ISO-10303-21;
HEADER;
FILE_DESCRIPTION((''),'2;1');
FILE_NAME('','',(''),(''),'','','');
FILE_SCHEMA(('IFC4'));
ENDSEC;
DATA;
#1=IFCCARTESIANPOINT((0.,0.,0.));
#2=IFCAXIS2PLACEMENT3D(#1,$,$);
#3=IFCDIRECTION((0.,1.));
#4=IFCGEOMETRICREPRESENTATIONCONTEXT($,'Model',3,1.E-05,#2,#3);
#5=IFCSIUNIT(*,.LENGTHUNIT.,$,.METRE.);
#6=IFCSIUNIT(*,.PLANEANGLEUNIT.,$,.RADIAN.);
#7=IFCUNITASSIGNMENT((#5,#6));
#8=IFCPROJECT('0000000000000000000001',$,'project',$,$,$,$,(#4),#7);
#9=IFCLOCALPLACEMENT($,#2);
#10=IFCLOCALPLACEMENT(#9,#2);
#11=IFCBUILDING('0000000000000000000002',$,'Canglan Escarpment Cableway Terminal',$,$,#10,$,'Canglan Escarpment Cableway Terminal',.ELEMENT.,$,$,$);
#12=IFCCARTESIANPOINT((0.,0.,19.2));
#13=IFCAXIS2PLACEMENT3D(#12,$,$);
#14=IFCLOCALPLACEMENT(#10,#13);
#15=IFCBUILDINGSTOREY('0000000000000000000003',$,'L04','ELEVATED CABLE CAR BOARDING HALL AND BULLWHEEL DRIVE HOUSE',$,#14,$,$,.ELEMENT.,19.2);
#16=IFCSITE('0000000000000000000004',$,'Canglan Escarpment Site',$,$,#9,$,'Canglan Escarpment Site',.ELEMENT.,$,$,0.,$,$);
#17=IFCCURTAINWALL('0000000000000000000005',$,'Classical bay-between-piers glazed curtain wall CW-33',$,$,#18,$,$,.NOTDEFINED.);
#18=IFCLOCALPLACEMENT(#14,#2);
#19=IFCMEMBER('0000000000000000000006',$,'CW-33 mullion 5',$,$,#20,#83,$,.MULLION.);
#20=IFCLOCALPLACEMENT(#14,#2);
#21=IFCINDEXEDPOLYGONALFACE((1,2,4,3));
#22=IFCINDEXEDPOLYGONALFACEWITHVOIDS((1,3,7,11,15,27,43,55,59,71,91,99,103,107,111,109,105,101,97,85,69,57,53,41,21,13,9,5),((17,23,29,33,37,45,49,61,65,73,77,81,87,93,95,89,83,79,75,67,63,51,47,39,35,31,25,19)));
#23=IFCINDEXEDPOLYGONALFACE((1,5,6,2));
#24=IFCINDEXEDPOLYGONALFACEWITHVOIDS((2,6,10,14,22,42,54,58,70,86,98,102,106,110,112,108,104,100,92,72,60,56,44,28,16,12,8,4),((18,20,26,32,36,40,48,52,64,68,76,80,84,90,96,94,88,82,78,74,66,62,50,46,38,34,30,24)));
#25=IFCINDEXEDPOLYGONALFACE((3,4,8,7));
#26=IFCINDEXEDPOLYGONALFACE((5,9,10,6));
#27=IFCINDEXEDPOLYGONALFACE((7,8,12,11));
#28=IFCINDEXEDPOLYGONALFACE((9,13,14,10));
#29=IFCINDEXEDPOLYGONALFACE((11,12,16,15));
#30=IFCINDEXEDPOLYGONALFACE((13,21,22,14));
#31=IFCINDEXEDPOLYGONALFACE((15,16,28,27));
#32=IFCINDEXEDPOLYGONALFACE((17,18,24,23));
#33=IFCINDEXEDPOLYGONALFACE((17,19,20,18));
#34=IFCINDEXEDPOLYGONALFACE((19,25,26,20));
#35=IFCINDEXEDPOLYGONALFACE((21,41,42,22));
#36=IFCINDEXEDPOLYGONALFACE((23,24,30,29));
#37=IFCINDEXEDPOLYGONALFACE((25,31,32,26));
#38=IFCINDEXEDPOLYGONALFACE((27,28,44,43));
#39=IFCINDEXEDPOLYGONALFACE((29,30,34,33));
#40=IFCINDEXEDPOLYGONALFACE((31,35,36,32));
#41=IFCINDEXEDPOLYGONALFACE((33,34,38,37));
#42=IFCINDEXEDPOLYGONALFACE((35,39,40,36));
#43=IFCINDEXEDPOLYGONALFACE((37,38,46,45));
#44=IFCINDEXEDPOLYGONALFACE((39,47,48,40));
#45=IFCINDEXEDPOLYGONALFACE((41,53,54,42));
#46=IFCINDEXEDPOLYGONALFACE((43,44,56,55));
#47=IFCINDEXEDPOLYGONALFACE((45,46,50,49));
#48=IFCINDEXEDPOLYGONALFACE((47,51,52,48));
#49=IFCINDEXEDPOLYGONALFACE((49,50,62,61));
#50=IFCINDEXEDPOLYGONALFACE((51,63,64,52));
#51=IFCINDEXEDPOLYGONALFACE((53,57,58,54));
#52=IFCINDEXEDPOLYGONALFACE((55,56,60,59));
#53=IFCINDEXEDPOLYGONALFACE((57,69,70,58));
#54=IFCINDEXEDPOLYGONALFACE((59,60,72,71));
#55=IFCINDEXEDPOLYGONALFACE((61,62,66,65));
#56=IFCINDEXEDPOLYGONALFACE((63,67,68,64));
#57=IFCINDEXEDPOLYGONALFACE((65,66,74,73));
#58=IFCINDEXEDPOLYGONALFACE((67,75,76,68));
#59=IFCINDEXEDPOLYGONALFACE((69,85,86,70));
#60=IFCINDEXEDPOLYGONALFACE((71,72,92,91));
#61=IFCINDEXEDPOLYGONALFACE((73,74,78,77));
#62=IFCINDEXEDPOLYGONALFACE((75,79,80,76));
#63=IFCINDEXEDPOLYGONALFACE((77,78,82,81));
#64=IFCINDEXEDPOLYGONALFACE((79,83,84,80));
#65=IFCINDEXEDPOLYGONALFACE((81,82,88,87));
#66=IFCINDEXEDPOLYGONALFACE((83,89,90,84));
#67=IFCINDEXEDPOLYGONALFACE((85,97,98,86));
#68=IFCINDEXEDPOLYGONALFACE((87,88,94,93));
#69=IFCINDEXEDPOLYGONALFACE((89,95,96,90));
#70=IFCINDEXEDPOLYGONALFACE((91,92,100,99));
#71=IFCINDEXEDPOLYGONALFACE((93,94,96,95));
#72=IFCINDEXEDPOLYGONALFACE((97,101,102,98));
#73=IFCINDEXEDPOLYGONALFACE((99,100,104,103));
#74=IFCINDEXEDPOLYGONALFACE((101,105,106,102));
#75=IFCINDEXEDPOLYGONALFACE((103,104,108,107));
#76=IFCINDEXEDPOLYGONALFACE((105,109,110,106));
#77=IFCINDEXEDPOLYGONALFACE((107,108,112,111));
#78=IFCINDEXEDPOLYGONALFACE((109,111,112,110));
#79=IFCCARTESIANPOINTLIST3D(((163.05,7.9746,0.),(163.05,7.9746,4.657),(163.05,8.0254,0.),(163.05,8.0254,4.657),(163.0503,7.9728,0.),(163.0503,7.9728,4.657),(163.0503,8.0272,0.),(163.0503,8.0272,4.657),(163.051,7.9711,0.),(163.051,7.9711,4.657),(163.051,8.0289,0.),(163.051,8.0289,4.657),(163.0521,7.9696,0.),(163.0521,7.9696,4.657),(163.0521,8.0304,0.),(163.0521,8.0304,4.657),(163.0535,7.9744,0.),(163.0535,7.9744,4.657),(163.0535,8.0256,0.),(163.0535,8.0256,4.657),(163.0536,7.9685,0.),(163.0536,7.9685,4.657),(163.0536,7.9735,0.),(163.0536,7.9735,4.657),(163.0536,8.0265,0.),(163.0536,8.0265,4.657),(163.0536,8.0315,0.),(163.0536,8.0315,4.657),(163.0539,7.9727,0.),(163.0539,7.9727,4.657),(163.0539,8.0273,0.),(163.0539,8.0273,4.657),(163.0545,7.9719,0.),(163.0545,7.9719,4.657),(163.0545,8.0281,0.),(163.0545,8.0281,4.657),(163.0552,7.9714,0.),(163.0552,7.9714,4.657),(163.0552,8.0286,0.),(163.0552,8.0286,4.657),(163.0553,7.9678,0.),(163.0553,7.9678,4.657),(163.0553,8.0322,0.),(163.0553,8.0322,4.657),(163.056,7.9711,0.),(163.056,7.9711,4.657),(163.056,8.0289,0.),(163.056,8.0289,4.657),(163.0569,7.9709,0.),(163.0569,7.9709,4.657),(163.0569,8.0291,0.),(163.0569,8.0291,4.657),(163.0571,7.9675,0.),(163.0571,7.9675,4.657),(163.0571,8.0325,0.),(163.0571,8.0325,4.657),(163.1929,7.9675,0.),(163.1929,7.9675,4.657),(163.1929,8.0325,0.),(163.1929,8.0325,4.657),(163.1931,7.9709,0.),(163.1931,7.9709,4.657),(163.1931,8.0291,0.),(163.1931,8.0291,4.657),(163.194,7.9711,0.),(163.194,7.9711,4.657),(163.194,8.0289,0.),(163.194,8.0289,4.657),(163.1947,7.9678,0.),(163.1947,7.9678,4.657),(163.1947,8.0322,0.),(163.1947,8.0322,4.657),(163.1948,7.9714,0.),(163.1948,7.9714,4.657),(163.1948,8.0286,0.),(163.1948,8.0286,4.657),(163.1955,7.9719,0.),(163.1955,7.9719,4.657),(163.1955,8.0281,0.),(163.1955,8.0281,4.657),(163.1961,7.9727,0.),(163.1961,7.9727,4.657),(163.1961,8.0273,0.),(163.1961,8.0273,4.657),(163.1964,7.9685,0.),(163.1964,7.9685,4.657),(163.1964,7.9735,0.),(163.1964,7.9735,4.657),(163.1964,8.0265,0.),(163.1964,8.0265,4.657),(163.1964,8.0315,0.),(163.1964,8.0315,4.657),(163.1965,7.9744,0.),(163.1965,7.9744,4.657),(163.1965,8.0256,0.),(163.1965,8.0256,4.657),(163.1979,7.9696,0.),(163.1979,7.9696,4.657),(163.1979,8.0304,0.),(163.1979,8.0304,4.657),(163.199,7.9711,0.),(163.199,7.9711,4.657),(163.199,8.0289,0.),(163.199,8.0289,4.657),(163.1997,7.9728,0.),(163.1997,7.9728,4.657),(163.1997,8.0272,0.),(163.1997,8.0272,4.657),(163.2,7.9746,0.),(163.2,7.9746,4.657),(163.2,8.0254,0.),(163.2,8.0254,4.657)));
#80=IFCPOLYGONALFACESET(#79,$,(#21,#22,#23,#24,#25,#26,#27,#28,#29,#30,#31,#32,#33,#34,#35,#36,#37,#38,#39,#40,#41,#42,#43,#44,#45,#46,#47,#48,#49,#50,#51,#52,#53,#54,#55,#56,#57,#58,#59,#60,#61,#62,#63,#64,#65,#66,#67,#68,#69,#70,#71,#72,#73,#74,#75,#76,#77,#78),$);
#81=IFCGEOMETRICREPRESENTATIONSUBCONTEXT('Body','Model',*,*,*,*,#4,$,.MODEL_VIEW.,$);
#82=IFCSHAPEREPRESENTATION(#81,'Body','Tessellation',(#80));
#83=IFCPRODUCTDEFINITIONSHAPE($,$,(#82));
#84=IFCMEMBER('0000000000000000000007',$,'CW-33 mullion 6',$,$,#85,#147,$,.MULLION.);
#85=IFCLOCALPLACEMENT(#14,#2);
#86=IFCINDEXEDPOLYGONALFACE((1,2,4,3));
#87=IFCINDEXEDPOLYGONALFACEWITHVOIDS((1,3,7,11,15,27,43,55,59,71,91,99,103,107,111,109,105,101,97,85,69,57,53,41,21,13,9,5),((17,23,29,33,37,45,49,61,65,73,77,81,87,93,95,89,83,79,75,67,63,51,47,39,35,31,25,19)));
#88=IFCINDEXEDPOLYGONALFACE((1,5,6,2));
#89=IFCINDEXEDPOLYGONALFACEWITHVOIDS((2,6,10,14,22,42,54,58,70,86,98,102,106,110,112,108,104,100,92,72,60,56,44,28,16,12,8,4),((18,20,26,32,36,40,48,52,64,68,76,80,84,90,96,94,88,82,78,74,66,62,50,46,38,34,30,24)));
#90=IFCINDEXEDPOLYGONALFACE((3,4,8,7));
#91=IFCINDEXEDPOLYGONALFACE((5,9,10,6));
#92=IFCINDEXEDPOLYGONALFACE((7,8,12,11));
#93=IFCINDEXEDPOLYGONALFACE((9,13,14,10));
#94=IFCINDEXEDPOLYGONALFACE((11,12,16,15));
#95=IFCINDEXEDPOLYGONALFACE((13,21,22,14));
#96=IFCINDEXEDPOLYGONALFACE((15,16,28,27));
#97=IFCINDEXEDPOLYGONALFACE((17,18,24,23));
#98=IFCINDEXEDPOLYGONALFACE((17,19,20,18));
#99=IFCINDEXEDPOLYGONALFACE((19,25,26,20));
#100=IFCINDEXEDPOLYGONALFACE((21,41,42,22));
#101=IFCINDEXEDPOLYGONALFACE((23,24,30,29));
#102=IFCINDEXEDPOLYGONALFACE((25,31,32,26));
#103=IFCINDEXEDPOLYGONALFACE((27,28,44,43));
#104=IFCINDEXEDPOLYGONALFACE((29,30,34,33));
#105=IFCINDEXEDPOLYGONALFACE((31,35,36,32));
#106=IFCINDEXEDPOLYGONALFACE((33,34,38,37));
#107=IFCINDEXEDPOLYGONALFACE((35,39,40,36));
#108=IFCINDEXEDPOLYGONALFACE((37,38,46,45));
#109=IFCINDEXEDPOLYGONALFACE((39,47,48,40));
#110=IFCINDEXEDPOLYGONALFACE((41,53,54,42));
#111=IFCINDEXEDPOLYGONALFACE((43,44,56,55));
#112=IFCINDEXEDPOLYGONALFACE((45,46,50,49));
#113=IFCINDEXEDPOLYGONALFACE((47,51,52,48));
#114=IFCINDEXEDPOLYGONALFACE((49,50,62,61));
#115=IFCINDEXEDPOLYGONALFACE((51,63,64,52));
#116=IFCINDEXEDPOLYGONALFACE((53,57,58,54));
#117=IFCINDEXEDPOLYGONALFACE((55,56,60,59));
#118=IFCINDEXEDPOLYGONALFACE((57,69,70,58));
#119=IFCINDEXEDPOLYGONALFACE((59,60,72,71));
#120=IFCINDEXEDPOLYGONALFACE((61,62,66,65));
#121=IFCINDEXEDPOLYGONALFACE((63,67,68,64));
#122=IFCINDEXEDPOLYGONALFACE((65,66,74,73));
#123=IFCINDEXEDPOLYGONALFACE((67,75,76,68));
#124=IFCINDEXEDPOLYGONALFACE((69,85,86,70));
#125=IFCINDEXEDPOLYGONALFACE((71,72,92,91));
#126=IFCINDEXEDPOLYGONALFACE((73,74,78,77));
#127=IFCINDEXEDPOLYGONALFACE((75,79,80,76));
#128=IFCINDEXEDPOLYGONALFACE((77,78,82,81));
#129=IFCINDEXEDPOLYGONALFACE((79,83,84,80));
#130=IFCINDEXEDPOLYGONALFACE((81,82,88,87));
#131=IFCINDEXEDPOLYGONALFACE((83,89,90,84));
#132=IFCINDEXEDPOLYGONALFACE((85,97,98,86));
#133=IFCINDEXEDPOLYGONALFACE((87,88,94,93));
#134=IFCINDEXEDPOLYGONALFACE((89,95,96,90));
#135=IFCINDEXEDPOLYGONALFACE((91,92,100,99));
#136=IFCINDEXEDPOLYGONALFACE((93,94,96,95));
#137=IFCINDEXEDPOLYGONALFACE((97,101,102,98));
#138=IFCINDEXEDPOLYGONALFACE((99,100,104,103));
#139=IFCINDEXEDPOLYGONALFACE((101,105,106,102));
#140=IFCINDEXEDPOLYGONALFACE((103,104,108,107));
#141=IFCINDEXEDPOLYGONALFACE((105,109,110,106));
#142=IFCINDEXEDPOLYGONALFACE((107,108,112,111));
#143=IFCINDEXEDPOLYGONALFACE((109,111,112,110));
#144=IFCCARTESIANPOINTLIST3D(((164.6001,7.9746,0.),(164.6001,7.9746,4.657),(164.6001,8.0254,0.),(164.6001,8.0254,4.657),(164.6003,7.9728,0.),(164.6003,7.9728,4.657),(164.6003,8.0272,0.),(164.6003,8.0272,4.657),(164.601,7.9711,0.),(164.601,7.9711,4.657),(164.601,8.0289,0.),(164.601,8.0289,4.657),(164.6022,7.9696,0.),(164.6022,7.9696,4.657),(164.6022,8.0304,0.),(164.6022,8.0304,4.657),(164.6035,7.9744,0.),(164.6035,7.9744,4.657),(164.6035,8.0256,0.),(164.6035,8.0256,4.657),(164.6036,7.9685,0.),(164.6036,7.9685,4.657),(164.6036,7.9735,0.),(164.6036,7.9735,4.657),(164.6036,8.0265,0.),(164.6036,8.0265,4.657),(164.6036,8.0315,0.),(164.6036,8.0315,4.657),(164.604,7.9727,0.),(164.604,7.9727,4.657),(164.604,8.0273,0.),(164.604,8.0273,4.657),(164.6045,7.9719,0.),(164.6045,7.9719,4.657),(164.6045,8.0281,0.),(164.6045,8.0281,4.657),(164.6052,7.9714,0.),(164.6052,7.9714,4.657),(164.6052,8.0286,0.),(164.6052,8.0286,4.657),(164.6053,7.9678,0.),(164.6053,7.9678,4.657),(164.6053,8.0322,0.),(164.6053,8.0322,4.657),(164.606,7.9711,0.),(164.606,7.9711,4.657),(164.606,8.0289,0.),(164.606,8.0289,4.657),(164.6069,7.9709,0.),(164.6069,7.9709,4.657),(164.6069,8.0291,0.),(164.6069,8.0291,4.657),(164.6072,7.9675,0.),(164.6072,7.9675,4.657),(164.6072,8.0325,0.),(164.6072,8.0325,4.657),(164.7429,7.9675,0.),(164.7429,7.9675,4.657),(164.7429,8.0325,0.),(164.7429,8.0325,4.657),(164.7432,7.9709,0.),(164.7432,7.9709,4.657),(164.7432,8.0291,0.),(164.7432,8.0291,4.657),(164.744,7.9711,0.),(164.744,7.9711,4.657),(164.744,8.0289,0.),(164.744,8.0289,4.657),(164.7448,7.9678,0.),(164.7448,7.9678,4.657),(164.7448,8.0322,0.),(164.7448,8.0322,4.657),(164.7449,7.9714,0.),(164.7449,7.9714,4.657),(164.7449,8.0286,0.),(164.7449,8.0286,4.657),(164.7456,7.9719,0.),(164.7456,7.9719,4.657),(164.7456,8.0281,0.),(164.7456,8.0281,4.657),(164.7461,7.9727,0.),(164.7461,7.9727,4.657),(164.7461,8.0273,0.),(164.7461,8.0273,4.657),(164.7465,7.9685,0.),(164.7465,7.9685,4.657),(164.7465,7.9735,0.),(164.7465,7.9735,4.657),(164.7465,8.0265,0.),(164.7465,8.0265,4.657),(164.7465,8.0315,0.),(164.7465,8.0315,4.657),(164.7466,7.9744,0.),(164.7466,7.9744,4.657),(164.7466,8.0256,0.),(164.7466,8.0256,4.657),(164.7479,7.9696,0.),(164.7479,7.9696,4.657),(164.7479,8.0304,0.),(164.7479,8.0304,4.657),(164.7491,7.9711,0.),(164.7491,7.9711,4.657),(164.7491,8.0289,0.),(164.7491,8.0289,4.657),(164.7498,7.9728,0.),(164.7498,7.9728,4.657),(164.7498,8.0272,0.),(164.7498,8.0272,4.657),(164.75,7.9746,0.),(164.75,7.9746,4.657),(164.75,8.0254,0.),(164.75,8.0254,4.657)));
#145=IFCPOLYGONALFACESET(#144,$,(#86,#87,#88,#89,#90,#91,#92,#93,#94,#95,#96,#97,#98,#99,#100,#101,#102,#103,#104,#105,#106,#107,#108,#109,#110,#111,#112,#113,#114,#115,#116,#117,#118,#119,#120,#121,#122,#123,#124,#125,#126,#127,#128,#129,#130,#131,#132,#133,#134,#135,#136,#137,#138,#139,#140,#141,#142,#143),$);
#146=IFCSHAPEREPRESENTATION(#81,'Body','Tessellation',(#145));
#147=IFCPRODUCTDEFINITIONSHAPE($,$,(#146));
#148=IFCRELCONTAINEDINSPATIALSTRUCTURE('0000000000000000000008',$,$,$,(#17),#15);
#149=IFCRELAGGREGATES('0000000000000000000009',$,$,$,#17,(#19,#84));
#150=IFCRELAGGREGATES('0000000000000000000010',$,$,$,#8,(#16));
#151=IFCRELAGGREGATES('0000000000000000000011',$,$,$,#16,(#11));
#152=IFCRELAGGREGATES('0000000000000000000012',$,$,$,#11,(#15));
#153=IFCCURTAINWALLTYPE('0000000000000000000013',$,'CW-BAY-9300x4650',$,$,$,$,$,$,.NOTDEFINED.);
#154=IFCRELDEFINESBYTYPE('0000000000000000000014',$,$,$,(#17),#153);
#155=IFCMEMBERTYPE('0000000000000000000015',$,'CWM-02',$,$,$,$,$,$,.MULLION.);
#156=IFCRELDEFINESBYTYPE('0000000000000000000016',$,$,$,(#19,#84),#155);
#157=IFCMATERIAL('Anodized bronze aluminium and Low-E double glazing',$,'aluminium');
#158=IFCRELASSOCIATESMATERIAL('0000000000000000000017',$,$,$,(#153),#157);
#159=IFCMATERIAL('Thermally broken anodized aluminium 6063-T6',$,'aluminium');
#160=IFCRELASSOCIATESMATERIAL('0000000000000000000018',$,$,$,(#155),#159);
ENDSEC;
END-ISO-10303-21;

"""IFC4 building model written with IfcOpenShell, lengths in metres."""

from ifc_helpers import new_model, si_unit, direction, frame, origin, origin_2d, place, context, subcontext, project, spatial, hollow_rectangle, extrude, material, material_profile, profile_set, type_object, element, aggregate, save


model = new_model("IFC4")

# Units and contexts
model_context = context("Model", 3, precision=1e-05, world=origin(), true_north=direction((0.0, 1.0)))
body_context = subcontext(model_context, "Body", "Model", "MODEL_VIEW")
ifc_project = project(units=[si_unit("LENGTHUNIT", "METRE"), si_unit("PLANEANGLEUNIT", "RADIAN")], contexts=[model_context])

# Site, building, storey
site_placement = place(None, origin())
site = spatial("IfcSite", under=ifc_project, at=site_placement, Name="Canglan Escarpment Site", LongName="Canglan Escarpment Site", CompositionType="ELEMENT", RefElevation=0.0)
building_placement = place(site_placement, origin())
building = spatial("IfcBuilding", under=site, at=building_placement, Name="Canglan Escarpment Cableway Terminal", LongName="Canglan Escarpment Cableway Terminal", CompositionType="ELEMENT")
storey_placement = place(building_placement, frame((0.0, 0.0, 19.2)))
storey = spatial("IfcBuildingStorey", under=building, at=storey_placement, Name="L04", Description="ELEVATED CABLE CAR BOARDING HALL AND BULLWHEEL DRIVE HOUSE", CompositionType="ELEMENT", Elevation=19.2)

# Curtain wall, members
ifc_material_1 = material(Name="Anodized bronze aluminium and Low-E double glazing", Category="aluminium")
curtain_wall_type = type_object("IfcCurtainWallType", Name="CW-BAY-9300x4650", PredefinedType="NOTDEFINED", material=ifc_material_1)
curtain_wall_placement = place(storey_placement, origin())
curtain_wall = element("IfcCurtainWall", 1, at=curtain_wall_placement, inside=storey, type_object=curtain_wall_type, Name="Classical bay-between-piers glazed curtain wall CW-33", PredefinedType="NOTDEFINED")
ifc_material_2 = material(Name="Thermally broken anodized aluminium 6063-T6", Category="aluminium")
ifc_material_profile_1 = material_profile(ifc_material_2, hollow_rectangle(XDim=0.0649, YDim=0.1499, WallThickness=0.0034, InnerFilletRadius=0.0034, OuterFilletRadius=0.0071, at=origin_2d()), Name="ALU-MULL 65x150x3.5")
ifc_profile_set_1 = profile_set([ifc_material_profile_1], Name="Thermally broken anodized aluminium 6063-T6")
member_type_1 = type_object("IfcMemberType", Name="CWM-02", PredefinedType="MULLION", material=ifc_profile_set_1)
member_1_placement = place(storey_placement, frame((163.125, 8.0, 0.0), z_axis=(0.0, 0.0, 1.0), x_axis=(0.0, 1.0, 0.0)))
member_1 = element("IfcMember", 2, at=member_1_placement, type_object=member_type_1, Name="CW-33 mullion 5", PredefinedType="MULLION", context=body_context, shape_type="SweptSolid", body=[
    extrude(hollow_rectangle(XDim=0.0649, YDim=0.1499, WallThickness=0.0034, InnerFilletRadius=0.0034, OuterFilletRadius=0.0071, at=origin_2d()), origin(), (0.0, 0.0, 1.0), 4.657),
])
member_2_placement = place(storey_placement, frame((164.675, 8.0, 0.0), z_axis=(0.0, 0.0, 1.0), x_axis=(0.0, 1.0, 0.0)))
member_2 = element("IfcMember", 3, at=member_2_placement, type_object=member_type_1, Name="CW-33 mullion 6", PredefinedType="MULLION", context=body_context, shape_type="SweptSolid", body=[
    extrude(hollow_rectangle(XDim=0.0649, YDim=0.1499, WallThickness=0.0034, InnerFilletRadius=0.0034, OuterFilletRadius=0.0071, at=origin_2d()), origin(), (0.0, 0.0, 1.0), 4.657),
])
aggregate(curtain_wall, [member_1, member_2])

save(model, "model.ifc")
